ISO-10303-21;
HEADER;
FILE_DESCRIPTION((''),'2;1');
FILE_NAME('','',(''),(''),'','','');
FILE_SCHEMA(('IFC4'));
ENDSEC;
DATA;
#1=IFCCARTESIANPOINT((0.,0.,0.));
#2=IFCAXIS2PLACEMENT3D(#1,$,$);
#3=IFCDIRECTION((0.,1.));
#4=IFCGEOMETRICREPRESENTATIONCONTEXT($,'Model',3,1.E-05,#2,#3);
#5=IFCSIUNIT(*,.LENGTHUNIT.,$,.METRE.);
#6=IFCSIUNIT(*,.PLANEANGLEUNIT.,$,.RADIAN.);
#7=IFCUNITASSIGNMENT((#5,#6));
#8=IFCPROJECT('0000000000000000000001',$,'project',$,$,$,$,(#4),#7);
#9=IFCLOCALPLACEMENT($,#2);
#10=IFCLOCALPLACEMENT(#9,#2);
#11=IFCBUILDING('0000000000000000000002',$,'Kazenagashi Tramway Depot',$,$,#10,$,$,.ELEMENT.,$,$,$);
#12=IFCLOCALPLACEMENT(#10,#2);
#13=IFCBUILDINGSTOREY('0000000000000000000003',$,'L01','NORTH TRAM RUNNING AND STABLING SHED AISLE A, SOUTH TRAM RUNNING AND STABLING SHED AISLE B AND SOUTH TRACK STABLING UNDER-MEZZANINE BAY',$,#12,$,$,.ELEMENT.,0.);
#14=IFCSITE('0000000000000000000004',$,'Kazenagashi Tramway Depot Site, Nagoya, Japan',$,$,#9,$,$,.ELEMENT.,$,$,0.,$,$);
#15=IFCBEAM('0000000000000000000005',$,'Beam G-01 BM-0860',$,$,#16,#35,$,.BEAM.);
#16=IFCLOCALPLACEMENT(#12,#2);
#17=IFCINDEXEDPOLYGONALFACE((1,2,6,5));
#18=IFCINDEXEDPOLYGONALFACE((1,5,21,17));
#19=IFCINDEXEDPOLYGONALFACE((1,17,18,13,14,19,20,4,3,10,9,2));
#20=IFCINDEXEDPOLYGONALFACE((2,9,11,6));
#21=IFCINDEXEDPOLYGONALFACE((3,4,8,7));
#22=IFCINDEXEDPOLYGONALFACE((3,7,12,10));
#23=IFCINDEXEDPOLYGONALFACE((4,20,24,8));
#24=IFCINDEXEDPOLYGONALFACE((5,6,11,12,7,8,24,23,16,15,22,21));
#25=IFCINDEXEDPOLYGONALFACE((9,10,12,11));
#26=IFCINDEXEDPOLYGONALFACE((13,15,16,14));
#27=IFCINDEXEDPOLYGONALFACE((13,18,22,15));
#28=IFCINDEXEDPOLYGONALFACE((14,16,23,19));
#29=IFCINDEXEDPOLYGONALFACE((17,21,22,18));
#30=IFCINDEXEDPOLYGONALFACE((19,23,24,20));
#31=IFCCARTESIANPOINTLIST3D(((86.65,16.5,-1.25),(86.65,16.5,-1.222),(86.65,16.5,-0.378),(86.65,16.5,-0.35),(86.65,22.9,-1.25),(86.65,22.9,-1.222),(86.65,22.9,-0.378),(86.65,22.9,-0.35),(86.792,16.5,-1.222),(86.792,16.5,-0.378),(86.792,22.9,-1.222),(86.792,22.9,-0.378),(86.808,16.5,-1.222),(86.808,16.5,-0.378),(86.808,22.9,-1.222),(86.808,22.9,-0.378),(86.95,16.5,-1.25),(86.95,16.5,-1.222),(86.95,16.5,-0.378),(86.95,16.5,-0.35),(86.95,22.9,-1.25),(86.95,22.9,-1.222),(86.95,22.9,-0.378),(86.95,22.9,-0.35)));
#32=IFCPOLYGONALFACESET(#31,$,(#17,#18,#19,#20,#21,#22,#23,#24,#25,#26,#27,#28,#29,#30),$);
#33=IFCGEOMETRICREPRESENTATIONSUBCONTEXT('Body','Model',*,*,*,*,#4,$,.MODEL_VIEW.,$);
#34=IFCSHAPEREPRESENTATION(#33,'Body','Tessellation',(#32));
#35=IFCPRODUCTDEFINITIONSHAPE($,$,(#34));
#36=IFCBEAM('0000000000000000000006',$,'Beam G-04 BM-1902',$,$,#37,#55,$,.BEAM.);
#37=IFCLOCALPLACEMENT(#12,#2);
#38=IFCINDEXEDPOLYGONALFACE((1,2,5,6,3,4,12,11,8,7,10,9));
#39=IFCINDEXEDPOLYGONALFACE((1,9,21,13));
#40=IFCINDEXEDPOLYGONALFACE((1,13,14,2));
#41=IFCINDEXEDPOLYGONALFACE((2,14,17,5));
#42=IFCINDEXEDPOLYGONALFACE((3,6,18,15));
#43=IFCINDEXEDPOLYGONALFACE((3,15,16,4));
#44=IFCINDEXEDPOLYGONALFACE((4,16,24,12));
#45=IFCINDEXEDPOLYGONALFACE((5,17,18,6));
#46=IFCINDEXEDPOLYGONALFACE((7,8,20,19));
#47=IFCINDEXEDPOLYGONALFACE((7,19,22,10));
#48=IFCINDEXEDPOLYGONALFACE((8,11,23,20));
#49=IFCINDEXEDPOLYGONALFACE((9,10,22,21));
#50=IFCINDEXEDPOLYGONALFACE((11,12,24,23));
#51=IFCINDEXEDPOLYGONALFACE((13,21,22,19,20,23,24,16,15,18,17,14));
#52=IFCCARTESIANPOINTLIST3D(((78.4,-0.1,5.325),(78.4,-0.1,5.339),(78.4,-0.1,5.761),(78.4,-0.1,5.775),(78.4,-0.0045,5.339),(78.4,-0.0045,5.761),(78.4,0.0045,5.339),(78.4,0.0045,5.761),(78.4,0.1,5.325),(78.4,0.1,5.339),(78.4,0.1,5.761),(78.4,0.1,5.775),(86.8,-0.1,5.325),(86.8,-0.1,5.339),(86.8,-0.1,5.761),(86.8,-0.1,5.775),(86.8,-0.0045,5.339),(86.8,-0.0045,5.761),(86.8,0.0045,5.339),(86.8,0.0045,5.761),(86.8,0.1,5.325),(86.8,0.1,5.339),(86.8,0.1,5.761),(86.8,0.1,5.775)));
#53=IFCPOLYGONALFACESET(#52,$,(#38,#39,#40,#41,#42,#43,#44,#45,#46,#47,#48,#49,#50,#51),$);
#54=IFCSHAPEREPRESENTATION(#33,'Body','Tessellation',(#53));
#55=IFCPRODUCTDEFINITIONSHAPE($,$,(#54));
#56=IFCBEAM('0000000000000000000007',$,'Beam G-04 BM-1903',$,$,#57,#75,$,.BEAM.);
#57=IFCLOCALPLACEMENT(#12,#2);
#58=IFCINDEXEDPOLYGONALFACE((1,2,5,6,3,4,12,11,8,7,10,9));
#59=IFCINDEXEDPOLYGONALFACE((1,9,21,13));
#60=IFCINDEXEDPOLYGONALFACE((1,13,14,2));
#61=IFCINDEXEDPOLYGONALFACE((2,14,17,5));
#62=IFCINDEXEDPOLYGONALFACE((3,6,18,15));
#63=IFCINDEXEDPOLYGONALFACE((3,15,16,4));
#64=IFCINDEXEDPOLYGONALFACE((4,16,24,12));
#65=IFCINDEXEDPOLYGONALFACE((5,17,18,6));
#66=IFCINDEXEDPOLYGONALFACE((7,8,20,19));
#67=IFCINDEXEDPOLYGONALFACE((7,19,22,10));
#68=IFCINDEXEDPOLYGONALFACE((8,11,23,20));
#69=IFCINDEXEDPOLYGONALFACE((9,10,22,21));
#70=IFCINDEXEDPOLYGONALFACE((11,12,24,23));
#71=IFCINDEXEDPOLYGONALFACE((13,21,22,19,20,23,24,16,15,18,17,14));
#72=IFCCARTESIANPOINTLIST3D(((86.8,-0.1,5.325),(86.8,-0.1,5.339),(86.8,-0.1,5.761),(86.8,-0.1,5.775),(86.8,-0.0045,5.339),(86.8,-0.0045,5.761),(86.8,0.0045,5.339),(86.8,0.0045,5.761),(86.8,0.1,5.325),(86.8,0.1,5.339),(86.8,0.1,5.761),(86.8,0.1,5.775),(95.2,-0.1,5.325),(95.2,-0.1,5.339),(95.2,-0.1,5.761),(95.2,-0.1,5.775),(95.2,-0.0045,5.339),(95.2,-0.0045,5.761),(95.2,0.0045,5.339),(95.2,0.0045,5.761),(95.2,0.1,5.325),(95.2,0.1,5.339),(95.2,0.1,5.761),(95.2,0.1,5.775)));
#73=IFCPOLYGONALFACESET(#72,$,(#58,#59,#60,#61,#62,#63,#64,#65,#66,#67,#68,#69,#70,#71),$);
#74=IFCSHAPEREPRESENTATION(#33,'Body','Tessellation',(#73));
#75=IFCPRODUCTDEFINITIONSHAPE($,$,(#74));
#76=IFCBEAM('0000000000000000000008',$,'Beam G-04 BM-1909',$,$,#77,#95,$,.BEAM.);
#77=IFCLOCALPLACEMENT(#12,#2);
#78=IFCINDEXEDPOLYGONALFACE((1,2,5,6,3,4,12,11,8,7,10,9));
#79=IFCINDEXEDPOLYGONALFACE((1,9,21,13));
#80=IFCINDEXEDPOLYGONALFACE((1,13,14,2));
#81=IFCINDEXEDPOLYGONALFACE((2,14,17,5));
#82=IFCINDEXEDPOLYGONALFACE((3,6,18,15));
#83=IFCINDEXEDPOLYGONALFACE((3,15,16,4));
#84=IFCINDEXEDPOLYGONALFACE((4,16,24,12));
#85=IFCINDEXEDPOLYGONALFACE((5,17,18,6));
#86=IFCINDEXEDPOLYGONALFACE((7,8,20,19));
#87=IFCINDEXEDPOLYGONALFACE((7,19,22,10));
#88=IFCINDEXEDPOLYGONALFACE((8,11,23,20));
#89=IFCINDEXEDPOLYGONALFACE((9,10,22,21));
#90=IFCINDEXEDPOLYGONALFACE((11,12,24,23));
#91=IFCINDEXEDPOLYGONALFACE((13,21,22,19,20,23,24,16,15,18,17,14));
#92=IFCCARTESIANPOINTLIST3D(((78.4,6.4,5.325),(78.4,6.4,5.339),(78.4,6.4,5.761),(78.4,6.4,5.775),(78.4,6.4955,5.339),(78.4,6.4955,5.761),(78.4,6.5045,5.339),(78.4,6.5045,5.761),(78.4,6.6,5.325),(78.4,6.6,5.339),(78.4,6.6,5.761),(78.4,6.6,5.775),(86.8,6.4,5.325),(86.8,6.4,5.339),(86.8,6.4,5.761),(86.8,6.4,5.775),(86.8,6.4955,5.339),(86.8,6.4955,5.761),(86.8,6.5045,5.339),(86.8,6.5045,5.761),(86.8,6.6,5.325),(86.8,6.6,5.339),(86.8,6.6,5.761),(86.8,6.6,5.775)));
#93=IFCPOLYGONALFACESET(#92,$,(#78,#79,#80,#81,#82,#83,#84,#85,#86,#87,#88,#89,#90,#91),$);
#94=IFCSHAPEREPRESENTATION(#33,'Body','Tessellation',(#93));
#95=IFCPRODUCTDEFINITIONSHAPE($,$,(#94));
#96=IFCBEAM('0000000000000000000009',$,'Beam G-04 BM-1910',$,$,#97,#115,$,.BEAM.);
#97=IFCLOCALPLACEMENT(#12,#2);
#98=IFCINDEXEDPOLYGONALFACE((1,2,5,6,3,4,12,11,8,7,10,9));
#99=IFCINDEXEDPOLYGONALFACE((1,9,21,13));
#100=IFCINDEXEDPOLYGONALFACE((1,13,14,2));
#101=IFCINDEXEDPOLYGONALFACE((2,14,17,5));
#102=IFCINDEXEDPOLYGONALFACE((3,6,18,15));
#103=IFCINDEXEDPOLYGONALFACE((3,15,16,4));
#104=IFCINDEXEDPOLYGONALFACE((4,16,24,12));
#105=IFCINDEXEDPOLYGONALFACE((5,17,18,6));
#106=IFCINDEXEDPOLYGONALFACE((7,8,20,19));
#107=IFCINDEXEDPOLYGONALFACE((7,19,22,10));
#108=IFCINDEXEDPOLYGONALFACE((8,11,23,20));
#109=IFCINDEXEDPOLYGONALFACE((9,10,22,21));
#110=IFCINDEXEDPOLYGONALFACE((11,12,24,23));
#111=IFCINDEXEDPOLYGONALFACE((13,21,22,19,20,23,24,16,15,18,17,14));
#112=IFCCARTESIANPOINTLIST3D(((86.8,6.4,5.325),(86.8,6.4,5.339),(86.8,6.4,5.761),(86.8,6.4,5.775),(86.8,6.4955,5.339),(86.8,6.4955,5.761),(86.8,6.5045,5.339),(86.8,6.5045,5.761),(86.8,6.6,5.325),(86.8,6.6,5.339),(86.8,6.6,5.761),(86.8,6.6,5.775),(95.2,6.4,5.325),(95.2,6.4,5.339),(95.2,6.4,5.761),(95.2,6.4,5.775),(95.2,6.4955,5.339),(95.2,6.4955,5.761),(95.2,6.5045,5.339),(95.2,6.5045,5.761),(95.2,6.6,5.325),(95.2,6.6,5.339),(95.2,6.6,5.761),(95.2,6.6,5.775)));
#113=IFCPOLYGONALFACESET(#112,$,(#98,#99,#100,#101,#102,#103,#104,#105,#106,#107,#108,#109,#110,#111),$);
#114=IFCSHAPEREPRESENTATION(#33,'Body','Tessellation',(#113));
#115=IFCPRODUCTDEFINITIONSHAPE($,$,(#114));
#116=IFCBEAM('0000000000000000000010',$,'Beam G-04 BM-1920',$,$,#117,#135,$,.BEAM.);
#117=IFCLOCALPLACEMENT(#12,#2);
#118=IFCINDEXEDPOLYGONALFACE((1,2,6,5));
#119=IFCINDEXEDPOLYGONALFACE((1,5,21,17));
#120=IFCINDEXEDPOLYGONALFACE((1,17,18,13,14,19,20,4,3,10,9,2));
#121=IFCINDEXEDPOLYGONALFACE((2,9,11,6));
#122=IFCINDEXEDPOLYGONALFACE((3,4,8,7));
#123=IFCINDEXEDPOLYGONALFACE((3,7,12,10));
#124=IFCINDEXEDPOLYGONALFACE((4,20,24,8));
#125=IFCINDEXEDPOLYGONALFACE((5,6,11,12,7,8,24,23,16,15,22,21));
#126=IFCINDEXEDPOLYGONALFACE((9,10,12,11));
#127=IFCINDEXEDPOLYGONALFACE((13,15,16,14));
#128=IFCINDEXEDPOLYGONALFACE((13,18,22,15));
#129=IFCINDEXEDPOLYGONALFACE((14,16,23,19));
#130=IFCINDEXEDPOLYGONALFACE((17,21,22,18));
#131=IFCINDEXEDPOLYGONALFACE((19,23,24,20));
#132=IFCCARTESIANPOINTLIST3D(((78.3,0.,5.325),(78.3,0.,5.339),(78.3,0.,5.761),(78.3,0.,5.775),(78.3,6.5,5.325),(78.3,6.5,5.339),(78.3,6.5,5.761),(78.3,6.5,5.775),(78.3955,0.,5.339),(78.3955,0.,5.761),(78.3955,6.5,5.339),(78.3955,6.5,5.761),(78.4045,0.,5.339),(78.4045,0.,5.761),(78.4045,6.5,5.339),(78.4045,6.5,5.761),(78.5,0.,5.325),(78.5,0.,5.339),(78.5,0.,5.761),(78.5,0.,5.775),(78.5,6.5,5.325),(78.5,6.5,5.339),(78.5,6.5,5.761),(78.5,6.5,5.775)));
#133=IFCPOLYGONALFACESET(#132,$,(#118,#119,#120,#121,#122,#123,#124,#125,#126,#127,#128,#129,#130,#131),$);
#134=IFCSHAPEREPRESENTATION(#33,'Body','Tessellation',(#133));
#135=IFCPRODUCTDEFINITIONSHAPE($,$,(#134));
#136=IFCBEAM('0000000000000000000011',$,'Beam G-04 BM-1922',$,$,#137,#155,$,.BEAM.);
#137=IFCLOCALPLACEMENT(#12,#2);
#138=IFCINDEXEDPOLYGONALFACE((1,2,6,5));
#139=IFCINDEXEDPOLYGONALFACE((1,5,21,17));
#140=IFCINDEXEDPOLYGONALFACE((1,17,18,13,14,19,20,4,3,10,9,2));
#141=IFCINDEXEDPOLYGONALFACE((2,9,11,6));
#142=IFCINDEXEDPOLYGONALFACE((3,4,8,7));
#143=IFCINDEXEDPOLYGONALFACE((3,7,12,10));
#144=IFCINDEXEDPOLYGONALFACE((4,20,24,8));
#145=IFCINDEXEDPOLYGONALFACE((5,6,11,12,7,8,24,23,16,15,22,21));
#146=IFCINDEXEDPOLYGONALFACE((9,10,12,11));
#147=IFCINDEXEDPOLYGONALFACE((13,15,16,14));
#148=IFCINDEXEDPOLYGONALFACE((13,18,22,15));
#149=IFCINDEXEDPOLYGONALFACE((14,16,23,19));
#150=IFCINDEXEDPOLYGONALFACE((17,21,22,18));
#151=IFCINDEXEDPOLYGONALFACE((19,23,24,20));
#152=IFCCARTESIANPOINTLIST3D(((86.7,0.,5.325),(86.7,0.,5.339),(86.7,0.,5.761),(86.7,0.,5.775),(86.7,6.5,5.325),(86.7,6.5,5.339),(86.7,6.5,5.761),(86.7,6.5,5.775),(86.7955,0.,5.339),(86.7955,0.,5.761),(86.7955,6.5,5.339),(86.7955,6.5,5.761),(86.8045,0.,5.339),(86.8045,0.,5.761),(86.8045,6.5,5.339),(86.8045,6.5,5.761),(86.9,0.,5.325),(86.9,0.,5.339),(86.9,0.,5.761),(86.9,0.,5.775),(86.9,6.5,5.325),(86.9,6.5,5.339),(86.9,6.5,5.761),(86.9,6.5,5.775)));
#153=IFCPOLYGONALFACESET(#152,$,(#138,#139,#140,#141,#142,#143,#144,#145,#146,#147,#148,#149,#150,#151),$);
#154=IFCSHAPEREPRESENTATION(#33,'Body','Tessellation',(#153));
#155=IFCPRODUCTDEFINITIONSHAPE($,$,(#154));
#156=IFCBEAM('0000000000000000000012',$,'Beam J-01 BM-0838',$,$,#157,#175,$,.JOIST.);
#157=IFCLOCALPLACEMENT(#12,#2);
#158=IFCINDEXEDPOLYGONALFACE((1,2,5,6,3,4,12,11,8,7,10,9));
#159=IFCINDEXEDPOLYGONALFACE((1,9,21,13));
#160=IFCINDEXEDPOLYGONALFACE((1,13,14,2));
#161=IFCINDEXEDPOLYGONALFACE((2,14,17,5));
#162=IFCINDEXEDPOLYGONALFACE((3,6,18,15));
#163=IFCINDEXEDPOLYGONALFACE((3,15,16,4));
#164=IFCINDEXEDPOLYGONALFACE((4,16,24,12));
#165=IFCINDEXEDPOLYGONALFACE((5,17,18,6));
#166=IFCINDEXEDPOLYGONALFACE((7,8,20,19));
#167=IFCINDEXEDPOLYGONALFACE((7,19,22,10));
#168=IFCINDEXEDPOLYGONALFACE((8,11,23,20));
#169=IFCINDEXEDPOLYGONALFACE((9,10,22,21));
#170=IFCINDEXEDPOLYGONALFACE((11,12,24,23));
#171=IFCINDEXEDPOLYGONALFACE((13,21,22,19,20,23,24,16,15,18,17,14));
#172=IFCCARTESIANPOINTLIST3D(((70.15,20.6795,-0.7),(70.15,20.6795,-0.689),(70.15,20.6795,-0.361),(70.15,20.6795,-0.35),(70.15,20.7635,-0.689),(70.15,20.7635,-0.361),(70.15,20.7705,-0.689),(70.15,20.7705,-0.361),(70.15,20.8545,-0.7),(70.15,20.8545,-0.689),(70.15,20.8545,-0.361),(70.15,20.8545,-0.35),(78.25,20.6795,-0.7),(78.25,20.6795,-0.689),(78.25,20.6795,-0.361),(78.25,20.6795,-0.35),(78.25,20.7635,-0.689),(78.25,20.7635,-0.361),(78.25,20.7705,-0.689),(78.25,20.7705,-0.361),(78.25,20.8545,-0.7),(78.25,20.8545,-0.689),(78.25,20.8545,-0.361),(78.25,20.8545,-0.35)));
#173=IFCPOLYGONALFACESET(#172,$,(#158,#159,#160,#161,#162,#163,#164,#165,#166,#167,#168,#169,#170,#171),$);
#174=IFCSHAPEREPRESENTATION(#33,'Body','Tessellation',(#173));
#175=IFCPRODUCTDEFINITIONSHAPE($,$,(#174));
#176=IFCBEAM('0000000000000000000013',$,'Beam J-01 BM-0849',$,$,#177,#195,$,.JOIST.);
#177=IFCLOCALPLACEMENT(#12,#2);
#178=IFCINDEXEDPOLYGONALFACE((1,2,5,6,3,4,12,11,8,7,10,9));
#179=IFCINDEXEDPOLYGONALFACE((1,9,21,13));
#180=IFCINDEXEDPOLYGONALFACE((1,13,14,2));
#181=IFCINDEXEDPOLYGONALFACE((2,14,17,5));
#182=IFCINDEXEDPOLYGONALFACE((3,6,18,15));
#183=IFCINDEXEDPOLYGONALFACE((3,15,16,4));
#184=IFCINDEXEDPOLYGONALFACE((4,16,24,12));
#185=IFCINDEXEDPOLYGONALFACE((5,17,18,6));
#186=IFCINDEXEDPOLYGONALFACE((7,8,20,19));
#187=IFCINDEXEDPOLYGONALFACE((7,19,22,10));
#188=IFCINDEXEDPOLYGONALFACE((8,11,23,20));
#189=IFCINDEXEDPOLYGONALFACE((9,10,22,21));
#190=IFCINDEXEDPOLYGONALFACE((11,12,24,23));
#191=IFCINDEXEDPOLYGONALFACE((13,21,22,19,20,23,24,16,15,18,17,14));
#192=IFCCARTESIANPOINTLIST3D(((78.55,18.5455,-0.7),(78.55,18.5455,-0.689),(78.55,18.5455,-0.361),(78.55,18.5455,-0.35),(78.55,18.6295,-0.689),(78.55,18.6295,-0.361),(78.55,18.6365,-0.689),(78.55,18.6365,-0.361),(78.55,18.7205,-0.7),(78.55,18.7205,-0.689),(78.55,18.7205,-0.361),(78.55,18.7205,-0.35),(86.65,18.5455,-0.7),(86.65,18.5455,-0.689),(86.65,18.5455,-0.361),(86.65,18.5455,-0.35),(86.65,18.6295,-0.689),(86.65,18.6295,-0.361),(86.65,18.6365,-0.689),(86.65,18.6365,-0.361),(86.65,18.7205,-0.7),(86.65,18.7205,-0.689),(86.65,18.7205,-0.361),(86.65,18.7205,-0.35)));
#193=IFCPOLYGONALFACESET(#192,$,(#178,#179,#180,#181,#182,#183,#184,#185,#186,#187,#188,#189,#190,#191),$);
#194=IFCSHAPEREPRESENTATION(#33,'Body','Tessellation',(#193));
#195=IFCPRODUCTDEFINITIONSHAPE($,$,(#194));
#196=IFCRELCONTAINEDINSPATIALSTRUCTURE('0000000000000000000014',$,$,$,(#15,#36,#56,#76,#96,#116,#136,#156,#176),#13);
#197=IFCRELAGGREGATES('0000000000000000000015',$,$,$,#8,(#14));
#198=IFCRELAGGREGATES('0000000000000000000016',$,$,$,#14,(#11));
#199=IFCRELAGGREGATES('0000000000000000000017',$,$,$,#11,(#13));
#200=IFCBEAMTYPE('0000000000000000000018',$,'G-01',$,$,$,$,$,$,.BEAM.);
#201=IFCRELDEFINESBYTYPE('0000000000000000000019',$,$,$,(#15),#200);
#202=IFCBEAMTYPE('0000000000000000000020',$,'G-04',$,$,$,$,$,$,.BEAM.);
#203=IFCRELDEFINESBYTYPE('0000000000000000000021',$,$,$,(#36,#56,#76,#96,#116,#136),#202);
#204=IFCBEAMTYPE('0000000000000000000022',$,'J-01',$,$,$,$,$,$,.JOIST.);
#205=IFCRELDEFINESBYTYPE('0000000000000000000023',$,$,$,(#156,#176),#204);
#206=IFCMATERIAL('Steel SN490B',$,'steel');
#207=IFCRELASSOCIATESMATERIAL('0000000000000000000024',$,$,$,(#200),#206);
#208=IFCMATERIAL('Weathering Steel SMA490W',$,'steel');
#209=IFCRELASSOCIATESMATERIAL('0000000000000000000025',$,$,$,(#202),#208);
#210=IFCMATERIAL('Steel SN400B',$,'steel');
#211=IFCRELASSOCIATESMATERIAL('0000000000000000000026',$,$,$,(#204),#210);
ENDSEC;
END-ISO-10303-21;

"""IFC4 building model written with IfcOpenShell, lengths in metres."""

from ifc_helpers import new_model, si_unit, direction, frame, origin, origin_2d, place, context, subcontext, project, spatial, i_section, extrude, material, material_profile, profile_set, type_object, element, save


model = new_model("IFC4")

# Units and contexts
model_context = context("Model", 3, precision=1e-05, world=origin(), true_north=direction((0.0, 1.0)))
body_context = subcontext(model_context, "Body", "Model", "MODEL_VIEW")
ifc_project = project(units=[si_unit("LENGTHUNIT", "METRE"), si_unit("PLANEANGLEUNIT", "RADIAN")], contexts=[model_context])

# Site, building, storey
site_placement = place(None, origin())
site = spatial("IfcSite", under=ifc_project, at=site_placement, Name="Kazenagashi Tramway Depot Site, Nagoya, Japan", CompositionType="ELEMENT", RefElevation=0.0)
building_placement = place(site_placement, origin())
building = spatial("IfcBuilding", under=site, at=building_placement, Name="Kazenagashi Tramway Depot", CompositionType="ELEMENT")
storey_placement = place(building_placement, origin())
storey = spatial("IfcBuildingStorey", under=building, at=storey_placement, Name="L01", Description="NORTH TRAM RUNNING AND STABLING SHED AISLE A, SOUTH TRAM RUNNING AND STABLING SHED AISLE B AND SOUTH TRACK STABLING UNDER-MEZZANINE BAY", CompositionType="ELEMENT", Elevation=0.0)

# Shared definitions
ifc_material_1 = material(Name="Steel SN490B", Category="steel")
ifc_material_2 = material(Name="Weathering Steel SMA490W", Category="steel")

# Beams
ifc_material_profile_1 = material_profile(ifc_material_1, i_section(OverallWidth=0.3, OverallDepth=0.9, WebThickness=0.016, FlangeThickness=0.028, at=origin_2d()), Name="H-900x300x16x28")
ifc_profile_set_1 = profile_set([ifc_material_profile_1], Name="Steel SN490B")
beam_type_1 = type_object("IfcBeamType", Name="G-01", PredefinedType="BEAM", material=ifc_profile_set_1)
for number, where, z_axis, x_axis, name in (
    (1, (86.8, 16.5, -0.8), (0.0, 1.0, 0.0), (-1.0, 0.0, 0.0), "Beam G-01 BM-0860"),
):
    element("IfcBeam", number, at=place(storey_placement, frame(where, z_axis=z_axis, x_axis=x_axis)), inside=storey, type_object=beam_type_1, Name=name, PredefinedType="BEAM", context=body_context, shape_type="SweptSolid", body=[
        extrude(i_section(OverallWidth=0.3, OverallDepth=0.9, WebThickness=0.016, FlangeThickness=0.028, at=origin_2d()), origin(), (0.0, 0.0, 1.0), 6.4),
    ])
ifc_material_profile_2 = material_profile(ifc_material_2, i_section(OverallWidth=0.2, OverallDepth=0.45, WebThickness=0.009, FlangeThickness=0.014, at=origin_2d()), Name="H-450x200x9x14")
ifc_profile_set_2 = profile_set([ifc_material_profile_2], Name="Weathering Steel SMA490W")
beam_type_2 = type_object("IfcBeamType", Name="G-04", PredefinedType="BEAM", material=ifc_profile_set_2)
for number, where, z_axis, x_axis, name in (
    (2, (78.4, 0.0, 5.55), (1.0, 0.0, 0.0), (0.0, 1.0, 0.0), "Beam G-04 BM-1902"),
    (3, (86.8, 0.0, 5.55), (1.0, 0.0, 0.0), (0.0, 1.0, 0.0), "Beam G-04 BM-1903"),
    (4, (78.4, 6.5, 5.55), (1.0, 0.0, 0.0), (0.0, 1.0, 0.0), "Beam G-04 BM-1909"),
    (5, (86.8, 6.5, 5.55), (1.0, 0.0, 0.0), (0.0, 1.0, 0.0), "Beam G-04 BM-1910"),
):
    element("IfcBeam", number, at=place(storey_placement, frame(where, z_axis=z_axis, x_axis=x_axis)), inside=storey, type_object=beam_type_2, Name=name, PredefinedType="BEAM", context=body_context, shape_type="SweptSolid", body=[
        extrude(i_section(OverallWidth=0.2, OverallDepth=0.45, WebThickness=0.009, FlangeThickness=0.014, at=origin_2d()), origin(), (0.0, 0.0, 1.0), 8.4),
    ])
for number, where, z_axis, x_axis, name in (
    (6, (78.4, 0.0, 5.55), (0.0, 1.0, 0.0), (-1.0, 0.0, 0.0), "Beam G-04 BM-1920"),
    (7, (86.8, 0.0, 5.55), (0.0, 1.0, 0.0), (-1.0, 0.0, 0.0), "Beam G-04 BM-1922"),
):
    element("IfcBeam", number, at=place(storey_placement, frame(where, z_axis=z_axis, x_axis=x_axis)), inside=storey, type_object=beam_type_2, Name=name, PredefinedType="BEAM", context=body_context, shape_type="SweptSolid", body=[
        extrude(i_section(OverallWidth=0.2, OverallDepth=0.45, WebThickness=0.009, FlangeThickness=0.014, at=origin_2d()), origin(), (0.0, 0.0, 1.0), 6.5),
    ])
ifc_material_3 = material(Name="Steel SN400B", Category="steel")
ifc_material_profile_3 = material_profile(ifc_material_3, i_section(OverallWidth=0.175, OverallDepth=0.35, WebThickness=0.007, FlangeThickness=0.011, at=origin_2d()), Name="H-350x175x7x11")
ifc_profile_set_3 = profile_set([ifc_material_profile_3], Name="Steel SN400B")
beam_type_3 = type_object("IfcBeamType", Name="J-01", PredefinedType="JOIST", material=ifc_profile_set_3)
for number, where, z_axis, x_axis, name in (
    (8, (70.15, 20.767, -0.525), (1.0, 0.0, 0.0), (0.0, 1.0, 0.0), "Beam J-01 BM-0838"),
    (9, (78.55, 18.633, -0.525), (1.0, 0.0, 0.0), (0.0, 1.0, 0.0), "Beam J-01 BM-0849"),
):
    element("IfcBeam", number, at=place(storey_placement, frame(where, z_axis=z_axis, x_axis=x_axis)), inside=storey, type_object=beam_type_3, Name=name, PredefinedType="JOIST", context=body_context, shape_type="SweptSolid", body=[
        extrude(i_section(OverallWidth=0.175, OverallDepth=0.35, WebThickness=0.007, FlangeThickness=0.011, at=origin_2d()), origin(), (0.0, 0.0, 1.0), 8.1),
    ])

save(model, "model.ifc")
